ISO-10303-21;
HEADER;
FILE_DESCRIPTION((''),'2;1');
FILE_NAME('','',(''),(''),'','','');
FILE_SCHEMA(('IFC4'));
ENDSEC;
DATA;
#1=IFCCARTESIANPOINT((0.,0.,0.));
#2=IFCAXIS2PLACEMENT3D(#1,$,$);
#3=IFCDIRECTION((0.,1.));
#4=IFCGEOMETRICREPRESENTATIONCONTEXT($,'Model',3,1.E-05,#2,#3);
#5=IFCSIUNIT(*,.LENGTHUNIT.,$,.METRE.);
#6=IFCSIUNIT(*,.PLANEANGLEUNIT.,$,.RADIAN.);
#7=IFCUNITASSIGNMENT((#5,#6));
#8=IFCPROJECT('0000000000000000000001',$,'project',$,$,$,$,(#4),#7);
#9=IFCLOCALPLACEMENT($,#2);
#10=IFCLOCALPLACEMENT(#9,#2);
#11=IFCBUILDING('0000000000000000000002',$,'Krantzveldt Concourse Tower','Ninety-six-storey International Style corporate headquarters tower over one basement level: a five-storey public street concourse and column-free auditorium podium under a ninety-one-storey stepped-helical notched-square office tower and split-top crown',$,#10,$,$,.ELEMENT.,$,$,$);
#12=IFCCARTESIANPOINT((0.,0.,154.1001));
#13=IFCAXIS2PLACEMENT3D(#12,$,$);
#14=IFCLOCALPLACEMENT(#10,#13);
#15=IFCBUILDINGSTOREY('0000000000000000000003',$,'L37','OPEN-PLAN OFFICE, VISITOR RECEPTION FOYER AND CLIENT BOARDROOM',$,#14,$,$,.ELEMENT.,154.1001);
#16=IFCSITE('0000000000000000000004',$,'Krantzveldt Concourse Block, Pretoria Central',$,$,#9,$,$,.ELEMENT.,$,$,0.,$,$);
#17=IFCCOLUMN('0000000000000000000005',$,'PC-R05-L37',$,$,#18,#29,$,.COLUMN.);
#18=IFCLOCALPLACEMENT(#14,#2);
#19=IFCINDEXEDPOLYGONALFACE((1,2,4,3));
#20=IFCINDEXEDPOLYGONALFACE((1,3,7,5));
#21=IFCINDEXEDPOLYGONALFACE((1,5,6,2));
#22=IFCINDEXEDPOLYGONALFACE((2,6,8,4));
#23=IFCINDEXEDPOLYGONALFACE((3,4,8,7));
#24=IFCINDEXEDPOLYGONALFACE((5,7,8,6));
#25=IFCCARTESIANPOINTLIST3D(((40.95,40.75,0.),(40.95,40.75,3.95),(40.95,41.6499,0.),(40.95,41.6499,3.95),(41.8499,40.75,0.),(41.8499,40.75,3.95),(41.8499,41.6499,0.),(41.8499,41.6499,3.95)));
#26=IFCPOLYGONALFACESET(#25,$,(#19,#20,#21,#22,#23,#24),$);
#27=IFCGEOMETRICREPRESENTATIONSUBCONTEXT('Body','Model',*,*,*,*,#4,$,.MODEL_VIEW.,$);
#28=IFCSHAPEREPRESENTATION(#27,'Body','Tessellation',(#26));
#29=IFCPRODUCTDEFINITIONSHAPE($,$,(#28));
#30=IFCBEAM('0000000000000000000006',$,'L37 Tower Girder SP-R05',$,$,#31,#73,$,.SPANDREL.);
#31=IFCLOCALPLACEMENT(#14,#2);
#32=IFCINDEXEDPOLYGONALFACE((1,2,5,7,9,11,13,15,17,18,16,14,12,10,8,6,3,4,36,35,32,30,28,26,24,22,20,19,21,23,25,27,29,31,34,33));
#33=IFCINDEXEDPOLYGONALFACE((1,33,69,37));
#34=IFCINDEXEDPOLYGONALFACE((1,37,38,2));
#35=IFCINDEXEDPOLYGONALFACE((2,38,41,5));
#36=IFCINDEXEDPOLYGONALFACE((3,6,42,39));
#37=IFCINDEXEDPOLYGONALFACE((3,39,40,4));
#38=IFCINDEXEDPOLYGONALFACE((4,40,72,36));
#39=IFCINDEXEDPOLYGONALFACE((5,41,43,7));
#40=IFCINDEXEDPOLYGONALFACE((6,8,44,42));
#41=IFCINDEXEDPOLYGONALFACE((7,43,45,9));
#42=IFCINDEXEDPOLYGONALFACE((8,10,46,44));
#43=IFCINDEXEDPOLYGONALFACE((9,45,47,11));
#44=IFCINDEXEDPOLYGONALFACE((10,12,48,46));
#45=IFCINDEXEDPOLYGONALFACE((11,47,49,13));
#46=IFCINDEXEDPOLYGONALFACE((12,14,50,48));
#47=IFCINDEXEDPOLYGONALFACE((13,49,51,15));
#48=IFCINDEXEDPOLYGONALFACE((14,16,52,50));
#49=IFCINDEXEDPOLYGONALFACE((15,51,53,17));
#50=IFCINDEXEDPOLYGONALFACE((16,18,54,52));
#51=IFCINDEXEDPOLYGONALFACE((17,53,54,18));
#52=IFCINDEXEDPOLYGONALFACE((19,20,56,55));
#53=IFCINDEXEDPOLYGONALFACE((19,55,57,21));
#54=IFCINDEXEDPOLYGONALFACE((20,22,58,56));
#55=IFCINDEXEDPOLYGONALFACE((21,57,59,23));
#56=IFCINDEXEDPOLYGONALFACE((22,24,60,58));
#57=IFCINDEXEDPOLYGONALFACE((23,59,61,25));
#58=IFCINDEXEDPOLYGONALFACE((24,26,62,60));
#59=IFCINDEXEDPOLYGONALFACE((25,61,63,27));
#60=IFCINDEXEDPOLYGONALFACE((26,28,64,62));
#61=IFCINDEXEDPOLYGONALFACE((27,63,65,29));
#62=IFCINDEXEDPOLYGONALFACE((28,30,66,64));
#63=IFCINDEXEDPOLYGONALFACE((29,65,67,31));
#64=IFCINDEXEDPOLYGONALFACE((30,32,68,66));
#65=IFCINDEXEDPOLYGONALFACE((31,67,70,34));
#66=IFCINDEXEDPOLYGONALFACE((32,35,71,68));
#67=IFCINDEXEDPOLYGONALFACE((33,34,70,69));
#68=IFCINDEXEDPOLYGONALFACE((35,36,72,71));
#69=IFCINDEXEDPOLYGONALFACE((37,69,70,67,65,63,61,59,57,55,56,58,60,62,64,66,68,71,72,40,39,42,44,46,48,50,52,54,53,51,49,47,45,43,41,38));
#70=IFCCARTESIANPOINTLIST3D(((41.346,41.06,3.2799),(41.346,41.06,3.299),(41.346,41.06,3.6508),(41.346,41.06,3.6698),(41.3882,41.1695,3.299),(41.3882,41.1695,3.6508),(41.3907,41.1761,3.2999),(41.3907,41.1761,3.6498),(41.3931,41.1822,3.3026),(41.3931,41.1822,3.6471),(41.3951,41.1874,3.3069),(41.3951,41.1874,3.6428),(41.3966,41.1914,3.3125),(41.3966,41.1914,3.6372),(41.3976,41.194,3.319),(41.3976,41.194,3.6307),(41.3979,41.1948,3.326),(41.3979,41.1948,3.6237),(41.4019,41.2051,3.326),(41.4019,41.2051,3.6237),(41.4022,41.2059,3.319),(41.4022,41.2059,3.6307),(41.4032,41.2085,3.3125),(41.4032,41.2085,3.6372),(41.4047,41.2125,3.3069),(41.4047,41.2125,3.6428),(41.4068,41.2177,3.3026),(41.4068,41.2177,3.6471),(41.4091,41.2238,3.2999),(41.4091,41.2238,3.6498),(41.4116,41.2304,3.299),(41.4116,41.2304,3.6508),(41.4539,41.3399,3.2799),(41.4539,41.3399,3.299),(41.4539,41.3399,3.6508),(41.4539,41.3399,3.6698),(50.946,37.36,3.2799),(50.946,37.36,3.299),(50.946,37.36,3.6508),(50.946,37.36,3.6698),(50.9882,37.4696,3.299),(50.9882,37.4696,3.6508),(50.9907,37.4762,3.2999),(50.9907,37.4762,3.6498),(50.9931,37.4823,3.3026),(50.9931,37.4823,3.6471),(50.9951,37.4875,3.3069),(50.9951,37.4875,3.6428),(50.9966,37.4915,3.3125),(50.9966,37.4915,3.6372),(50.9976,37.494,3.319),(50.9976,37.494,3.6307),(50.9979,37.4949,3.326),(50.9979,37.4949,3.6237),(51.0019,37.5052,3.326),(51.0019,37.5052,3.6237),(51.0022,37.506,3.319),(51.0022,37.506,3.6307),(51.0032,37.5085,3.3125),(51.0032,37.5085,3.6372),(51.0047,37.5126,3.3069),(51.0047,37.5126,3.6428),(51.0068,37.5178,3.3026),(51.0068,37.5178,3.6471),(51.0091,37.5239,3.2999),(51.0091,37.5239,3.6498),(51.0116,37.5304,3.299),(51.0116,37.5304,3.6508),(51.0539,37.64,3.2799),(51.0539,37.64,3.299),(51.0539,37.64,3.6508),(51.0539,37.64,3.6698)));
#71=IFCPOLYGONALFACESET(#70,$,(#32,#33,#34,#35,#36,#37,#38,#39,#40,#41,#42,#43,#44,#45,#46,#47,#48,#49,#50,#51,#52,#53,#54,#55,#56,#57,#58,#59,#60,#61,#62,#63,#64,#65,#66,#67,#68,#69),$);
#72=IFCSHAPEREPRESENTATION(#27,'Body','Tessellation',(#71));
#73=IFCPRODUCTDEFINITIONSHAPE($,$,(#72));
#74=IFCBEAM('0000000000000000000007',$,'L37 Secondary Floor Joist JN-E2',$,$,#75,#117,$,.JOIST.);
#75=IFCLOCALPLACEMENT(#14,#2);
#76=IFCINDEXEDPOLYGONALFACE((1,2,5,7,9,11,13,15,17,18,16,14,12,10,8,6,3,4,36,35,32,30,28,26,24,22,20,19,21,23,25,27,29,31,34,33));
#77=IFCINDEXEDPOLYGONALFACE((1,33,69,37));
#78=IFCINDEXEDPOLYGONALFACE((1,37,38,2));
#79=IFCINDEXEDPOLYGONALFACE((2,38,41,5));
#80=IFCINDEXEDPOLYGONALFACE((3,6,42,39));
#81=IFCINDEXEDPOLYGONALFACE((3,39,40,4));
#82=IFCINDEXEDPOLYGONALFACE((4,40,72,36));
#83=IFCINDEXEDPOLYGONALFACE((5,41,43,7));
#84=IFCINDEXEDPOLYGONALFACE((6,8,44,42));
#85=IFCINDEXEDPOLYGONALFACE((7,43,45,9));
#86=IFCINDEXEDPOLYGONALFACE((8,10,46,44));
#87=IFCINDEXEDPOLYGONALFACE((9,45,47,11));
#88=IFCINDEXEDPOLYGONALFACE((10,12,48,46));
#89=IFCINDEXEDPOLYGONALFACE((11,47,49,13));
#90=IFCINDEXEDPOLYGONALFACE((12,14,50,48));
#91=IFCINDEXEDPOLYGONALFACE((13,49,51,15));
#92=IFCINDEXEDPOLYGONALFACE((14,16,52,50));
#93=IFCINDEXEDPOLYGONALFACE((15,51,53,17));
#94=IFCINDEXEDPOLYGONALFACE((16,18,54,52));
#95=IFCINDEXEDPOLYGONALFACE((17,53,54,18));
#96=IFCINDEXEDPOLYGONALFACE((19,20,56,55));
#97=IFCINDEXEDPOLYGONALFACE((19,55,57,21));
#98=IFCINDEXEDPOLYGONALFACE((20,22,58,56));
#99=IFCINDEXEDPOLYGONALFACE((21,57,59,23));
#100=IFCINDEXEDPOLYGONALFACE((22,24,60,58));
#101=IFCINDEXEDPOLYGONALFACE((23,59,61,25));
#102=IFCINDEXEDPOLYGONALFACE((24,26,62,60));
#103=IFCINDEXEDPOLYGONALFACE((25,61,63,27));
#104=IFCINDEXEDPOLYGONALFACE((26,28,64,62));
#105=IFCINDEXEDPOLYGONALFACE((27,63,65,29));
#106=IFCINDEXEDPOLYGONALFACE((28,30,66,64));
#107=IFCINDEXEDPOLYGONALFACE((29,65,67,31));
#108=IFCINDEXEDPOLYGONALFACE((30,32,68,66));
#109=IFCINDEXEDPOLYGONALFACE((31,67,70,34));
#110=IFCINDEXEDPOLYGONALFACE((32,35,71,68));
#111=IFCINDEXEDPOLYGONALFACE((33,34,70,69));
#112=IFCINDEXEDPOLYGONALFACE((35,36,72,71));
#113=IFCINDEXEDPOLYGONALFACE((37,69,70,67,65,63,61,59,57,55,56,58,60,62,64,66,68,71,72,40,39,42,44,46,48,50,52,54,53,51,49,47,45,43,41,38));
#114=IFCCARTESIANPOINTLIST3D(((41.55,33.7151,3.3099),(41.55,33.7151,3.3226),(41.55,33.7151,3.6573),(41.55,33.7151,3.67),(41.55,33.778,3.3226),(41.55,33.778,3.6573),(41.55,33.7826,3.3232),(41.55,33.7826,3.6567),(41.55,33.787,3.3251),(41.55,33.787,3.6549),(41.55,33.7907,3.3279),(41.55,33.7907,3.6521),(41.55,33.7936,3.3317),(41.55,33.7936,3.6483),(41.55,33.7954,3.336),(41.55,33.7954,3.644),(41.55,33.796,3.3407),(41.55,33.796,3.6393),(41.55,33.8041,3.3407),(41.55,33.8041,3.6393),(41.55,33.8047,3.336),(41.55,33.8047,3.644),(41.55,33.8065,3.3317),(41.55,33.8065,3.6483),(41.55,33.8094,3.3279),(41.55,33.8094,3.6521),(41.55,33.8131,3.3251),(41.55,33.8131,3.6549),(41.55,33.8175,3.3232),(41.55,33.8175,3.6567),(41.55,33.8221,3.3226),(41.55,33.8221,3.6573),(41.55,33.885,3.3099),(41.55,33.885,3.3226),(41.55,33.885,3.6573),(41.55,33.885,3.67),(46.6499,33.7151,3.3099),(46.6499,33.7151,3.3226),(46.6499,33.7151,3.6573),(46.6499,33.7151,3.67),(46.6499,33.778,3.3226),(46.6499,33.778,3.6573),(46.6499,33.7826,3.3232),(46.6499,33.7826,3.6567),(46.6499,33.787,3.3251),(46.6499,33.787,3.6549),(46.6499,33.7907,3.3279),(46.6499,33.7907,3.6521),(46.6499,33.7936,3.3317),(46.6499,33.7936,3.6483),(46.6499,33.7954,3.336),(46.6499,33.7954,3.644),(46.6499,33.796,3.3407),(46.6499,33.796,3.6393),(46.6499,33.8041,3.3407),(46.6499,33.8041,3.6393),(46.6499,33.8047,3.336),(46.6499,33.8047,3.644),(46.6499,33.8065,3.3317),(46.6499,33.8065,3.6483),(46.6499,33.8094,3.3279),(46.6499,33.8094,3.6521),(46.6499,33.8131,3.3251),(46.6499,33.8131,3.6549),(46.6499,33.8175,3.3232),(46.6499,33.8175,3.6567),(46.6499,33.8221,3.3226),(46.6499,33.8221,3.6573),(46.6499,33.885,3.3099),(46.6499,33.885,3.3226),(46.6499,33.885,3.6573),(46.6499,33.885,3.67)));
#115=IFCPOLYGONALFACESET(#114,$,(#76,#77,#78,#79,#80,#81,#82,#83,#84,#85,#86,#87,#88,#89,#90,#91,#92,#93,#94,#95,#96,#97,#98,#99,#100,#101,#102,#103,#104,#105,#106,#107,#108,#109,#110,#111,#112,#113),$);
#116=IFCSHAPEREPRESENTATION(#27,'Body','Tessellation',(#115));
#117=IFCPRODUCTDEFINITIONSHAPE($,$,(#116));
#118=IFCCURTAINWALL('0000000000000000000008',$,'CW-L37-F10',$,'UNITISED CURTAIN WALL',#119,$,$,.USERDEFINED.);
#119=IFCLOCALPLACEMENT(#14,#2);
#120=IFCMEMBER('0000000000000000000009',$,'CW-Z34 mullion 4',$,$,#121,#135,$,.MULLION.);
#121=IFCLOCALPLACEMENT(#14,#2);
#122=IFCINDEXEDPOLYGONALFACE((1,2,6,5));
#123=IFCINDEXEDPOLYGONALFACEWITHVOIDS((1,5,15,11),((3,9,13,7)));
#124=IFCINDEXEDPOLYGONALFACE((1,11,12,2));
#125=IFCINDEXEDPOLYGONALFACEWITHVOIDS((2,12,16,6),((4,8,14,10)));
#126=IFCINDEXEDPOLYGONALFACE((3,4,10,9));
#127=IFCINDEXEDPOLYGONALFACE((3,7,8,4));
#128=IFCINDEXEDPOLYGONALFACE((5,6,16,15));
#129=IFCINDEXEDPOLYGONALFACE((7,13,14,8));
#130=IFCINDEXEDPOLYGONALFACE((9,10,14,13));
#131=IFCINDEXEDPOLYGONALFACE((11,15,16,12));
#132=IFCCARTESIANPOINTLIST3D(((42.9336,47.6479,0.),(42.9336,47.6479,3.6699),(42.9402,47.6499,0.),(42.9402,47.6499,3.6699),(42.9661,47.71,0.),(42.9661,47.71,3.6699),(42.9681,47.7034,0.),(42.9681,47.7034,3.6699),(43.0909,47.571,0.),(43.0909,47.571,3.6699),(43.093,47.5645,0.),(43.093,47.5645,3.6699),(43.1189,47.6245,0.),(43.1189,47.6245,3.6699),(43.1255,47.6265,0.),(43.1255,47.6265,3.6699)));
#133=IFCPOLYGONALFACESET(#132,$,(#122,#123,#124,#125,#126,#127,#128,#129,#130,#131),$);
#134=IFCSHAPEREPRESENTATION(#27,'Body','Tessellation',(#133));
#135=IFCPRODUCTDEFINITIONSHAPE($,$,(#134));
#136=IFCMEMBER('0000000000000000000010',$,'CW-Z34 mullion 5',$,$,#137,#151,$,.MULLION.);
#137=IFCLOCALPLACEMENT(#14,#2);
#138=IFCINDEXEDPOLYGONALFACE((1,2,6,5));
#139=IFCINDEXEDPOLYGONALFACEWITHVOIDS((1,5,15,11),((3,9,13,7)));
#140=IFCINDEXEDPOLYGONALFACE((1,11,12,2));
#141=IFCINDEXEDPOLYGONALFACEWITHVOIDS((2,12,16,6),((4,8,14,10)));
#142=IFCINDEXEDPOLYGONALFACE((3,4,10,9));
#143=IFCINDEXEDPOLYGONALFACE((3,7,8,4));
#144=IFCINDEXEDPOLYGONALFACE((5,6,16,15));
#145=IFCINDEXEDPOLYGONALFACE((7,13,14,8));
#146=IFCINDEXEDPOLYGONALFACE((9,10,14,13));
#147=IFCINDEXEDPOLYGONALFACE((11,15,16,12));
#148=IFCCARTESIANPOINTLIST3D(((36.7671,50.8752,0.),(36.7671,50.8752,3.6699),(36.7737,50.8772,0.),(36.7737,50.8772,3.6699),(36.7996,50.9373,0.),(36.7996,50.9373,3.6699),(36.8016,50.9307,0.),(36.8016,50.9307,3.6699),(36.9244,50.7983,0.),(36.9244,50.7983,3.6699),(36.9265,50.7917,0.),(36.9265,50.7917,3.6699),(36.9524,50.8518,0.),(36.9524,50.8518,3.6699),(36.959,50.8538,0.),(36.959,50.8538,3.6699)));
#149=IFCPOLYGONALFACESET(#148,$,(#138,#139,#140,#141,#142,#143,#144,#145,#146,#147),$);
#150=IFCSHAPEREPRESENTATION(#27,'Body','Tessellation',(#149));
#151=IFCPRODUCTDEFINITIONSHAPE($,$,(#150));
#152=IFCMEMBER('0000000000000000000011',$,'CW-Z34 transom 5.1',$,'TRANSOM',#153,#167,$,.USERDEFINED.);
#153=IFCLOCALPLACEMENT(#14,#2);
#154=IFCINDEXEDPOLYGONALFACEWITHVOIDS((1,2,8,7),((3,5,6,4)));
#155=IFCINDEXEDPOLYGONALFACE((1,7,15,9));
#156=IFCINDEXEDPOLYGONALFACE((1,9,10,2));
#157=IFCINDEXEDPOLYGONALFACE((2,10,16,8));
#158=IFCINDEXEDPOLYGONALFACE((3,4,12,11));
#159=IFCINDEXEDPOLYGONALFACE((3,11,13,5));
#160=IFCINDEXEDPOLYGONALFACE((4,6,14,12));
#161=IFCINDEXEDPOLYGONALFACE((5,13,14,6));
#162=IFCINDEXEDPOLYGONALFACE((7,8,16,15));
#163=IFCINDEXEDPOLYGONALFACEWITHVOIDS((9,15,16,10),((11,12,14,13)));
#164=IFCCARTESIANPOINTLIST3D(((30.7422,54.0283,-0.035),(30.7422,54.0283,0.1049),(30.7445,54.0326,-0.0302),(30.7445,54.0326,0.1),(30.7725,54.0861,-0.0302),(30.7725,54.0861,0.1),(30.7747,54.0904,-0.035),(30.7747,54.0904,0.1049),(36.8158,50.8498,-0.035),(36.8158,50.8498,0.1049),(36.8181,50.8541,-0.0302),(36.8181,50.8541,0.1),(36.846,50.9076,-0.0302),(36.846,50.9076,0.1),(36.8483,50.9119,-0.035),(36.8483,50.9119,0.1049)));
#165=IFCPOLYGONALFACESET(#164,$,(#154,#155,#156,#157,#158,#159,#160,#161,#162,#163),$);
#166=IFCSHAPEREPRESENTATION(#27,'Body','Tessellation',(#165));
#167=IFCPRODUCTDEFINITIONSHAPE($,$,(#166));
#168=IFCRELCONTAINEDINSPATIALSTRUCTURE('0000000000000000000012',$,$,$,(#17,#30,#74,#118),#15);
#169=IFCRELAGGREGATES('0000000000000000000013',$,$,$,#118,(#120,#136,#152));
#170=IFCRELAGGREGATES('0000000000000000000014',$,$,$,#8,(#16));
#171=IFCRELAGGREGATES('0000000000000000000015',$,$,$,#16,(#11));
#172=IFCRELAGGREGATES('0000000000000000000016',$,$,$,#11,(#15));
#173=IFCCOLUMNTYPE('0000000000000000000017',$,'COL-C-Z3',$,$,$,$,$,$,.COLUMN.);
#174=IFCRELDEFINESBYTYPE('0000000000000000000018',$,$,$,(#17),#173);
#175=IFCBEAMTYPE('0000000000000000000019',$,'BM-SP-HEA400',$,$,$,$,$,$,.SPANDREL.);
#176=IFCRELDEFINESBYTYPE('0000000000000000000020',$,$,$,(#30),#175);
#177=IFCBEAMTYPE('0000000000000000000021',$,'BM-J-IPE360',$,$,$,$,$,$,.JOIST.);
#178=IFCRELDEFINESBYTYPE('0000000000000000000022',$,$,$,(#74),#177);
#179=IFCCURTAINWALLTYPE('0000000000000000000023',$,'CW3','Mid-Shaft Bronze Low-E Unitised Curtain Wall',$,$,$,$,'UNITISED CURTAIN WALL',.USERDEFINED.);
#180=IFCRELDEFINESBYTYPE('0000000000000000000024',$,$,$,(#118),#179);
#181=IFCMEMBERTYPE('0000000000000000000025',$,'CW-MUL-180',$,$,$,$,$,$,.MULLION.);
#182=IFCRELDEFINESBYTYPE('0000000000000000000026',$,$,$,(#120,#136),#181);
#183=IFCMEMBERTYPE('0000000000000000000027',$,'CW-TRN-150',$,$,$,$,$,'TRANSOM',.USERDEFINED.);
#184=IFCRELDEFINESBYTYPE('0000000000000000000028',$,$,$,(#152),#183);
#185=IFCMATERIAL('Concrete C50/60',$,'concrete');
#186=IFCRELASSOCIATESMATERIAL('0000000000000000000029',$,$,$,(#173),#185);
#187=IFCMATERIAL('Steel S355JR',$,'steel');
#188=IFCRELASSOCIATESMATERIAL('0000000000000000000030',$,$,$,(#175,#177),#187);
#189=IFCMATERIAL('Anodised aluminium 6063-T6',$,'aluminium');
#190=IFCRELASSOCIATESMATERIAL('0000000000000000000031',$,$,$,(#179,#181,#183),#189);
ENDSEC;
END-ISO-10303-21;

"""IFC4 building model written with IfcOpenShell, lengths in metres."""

from ifc_helpers import new_model, si_unit, direction, frame, origin, origin_2d, place, context, subcontext, project, spatial, rectangle, hollow_rectangle, i_section, extrude, source, transform, mapped, material, material_profile, profile_set, type_object, type_shapes, element, aggregate, save


model = new_model("IFC4")

# Units and contexts
model_context = context("Model", 3, precision=1e-05, world=origin(), true_north=direction((0.0, 1.0)))
body_context = subcontext(model_context, "Body", "Model", "MODEL_VIEW")
ifc_project = project(units=[si_unit("LENGTHUNIT", "METRE"), si_unit("PLANEANGLEUNIT", "RADIAN")], contexts=[model_context])

# Site, building, storey
site_placement = place(None, origin())
site = spatial("IfcSite", under=ifc_project, at=site_placement, Name="Krantzveldt Concourse Block, Pretoria Central", CompositionType="ELEMENT", RefElevation=0.0)
building_placement = place(site_placement, origin())
building = spatial("IfcBuilding", under=site, at=building_placement, Name="Krantzveldt Concourse Tower", Description="Ninety-six-storey International Style corporate headquarters tower over one basement level: a five-storey public street concourse and column-free auditorium podium under a ninety-one-storey stepped-helical notched-square office tower and split-top crown", CompositionType="ELEMENT")
storey_placement = place(building_placement, frame((0.0, 0.0, 154.1001)))
storey = spatial("IfcBuildingStorey", under=building, at=storey_placement, Name="L37", Description="OPEN-PLAN OFFICE, VISITOR RECEPTION FOYER AND CLIENT BOARDROOM", CompositionType="ELEMENT", Elevation=154.1001)

# Column
ifc_material_1 = material(Name="Concrete C50/60", Category="concrete")
ifc_material_profile_1 = material_profile(ifc_material_1, rectangle(XDim=0.8999, YDim=0.8999, at=origin_2d()), Name="Concrete C50/60", Category="concrete")
ifc_profile_set_1 = profile_set([ifc_material_profile_1], Name="Concrete C50/60 - RC 900x900")
column_type = type_object("IfcColumnType", Name="COL-C-Z3", PredefinedType="COLUMN", material=ifc_profile_set_1)
shared_shape_1 = source(origin(), body_context, "Body", "SweptSolid", [
    extrude(rectangle(XDim=0.8999, YDim=0.8999, at=origin_2d()), origin(), (0.0, 0.0, 1.0), 3.95),
])
type_shapes(column_type, [shared_shape_1])
column_placement = place(storey_placement, frame((41.3999, 41.2, 0.0), z_axis=(0.0, 0.0, 1.0), x_axis=(1.0, 0.0, 0.0)))
element("IfcColumn", 1, at=column_placement, inside=storey, type_object=column_type, Name="PC-R05-L37", PredefinedType="COLUMN", context=body_context, shape_type="MappedRepresentation", body=[
    mapped(shared_shape_1, transform((0.0, 0.0, 0.0), x_axis=(1.0, 0.0, 0.0), y_axis=(0.0, 1.0, 0.0), z_axis=(0.0, 0.0, 1.0), scale=1.0)),
])

# Beams
ifc_material_2 = material(Name="Steel S355JR", Category="steel")
ifc_material_profile_2 = material_profile(ifc_material_2, i_section(OverallWidth=0.3, OverallDepth=0.3899, WebThickness=0.011, FlangeThickness=0.019, FilletRadius=0.0271, at=origin_2d()), Name="Steel S355JR", Category="steel")
ifc_profile_set_2 = profile_set([ifc_material_profile_2], Name="Steel S355JR - HEA 400")
beam_type_1 = type_object("IfcBeamType", Name="BM-SP-HEA400", PredefinedType="SPANDREL", material=ifc_profile_set_2)
shared_shape_2 = source(origin(), body_context, "Body", "SweptSolid", [
    extrude(i_section(OverallWidth=0.3, OverallDepth=0.3899, WebThickness=0.011, FlangeThickness=0.019, FilletRadius=0.0271, at=origin_2d()), origin(), (0.0, 0.0, 1.0), 10.2883),
])
type_shapes(beam_type_1, [shared_shape_2])
beam_1_placement = place(storey_placement, frame((41.3999, 41.2, 3.4749), z_axis=(0.933098, -0.359623, 0.0), x_axis=(0.359623, 0.933098, 0.0)))
element("IfcBeam", 2, at=beam_1_placement, inside=storey, type_object=beam_type_1, Name="L37 Tower Girder SP-R05", PredefinedType="SPANDREL", context=body_context, shape_type="MappedRepresentation", body=[
    mapped(shared_shape_2, transform((0.0, 0.0, 0.0), x_axis=(1.0, 0.0, 0.0), y_axis=(0.0, 1.0, 0.0), z_axis=(0.0, 0.0, 1.0), scale=1.0)),
])
ifc_material_profile_3 = material_profile(ifc_material_2, i_section(OverallWidth=0.1699, OverallDepth=0.3601, WebThickness=0.0081, FlangeThickness=0.0127, FilletRadius=0.0181, at=origin_2d()), Name="Steel S355JR", Category="steel")
ifc_profile_set_3 = profile_set([ifc_material_profile_3], Name="Steel S355JR - IPE 360")
beam_type_2 = type_object("IfcBeamType", Name="BM-J-IPE360", PredefinedType="JOIST", material=ifc_profile_set_3)
shared_shape_3 = source(origin(), body_context, "Body", "SweptSolid", [
    extrude(i_section(OverallWidth=0.1699, OverallDepth=0.3601, WebThickness=0.0081, FlangeThickness=0.0127, FilletRadius=0.0181, at=origin_2d()), origin(), (0.0, 0.0, 1.0), 5.0999),
])
type_shapes(beam_type_2, [shared_shape_3])
beam_2_placement = place(storey_placement, frame((41.55, 33.8, 3.49), z_axis=(1.0, 0.0, 0.0), x_axis=(0.0, 1.0, 0.0)))
element("IfcBeam", 3, at=beam_2_placement, inside=storey, type_object=beam_type_2, Name="L37 Secondary Floor Joist JN-E2", PredefinedType="JOIST", context=body_context, shape_type="MappedRepresentation", body=[
    mapped(shared_shape_3, transform((0.0, 0.0, 0.0), x_axis=(1.0, 0.0, 0.0), y_axis=(0.0, 1.0, 0.0), z_axis=(0.0, 0.0, 1.0), scale=1.0)),
])

# Curtain wall, members
ifc_material_3 = material(Name="Anodised aluminium 6063-T6", Category="aluminium")
curtain_wall_type = type_object("IfcCurtainWallType", Name="CW3", Description="Mid-Shaft Bronze Low-E Unitised Curtain Wall", ElementType="UNITISED CURTAIN WALL", PredefinedType="USERDEFINED", material=ifc_material_3)
curtain_wall_placement = place(storey_placement, origin())
curtain_wall = element("IfcCurtainWall", 4, at=curtain_wall_placement, inside=storey, type_object=curtain_wall_type, Name="CW-L37-F10", ObjectType="UNITISED CURTAIN WALL", PredefinedType="USERDEFINED")
ifc_material_profile_4 = material_profile(ifc_material_3, hollow_rectangle(XDim=0.0701, YDim=0.1799, WallThickness=0.0049, at=origin_2d()), Name="Anodised aluminium 6063-T6", Category="aluminium")
ifc_profile_set_4 = profile_set([ifc_material_profile_4], Name="Anodised aluminium 6063-T6 - ALU-MULL 180x70x5")
member_type_1 = type_object("IfcMemberType", Name="CW-MUL-180", PredefinedType="MULLION", material=ifc_profile_set_4)
shared_shape_4 = source(origin(), body_context, "Body", "SweptSolid", [
    extrude(hollow_rectangle(XDim=0.0701, YDim=0.1799, WallThickness=0.0049, at=origin_2d()), origin(), (0.0, 0.0, 1.0), 3.6699),
])
type_shapes(member_type_1, [shared_shape_4])
member_1_placement = place(storey_placement, frame((43.0295, 47.6372, 0.0), z_axis=(0.0, 0.0, 1.0), x_axis=(-0.463683, -0.886001, 0.0)))
member_1 = element("IfcMember", 5, at=member_1_placement, type_object=member_type_1, Name="CW-Z34 mullion 4", PredefinedType="MULLION", context=body_context, shape_type="MappedRepresentation", body=[
    mapped(shared_shape_4, transform((0.0, 0.0, 0.0), x_axis=(1.0, 0.0, 0.0), y_axis=(0.0, 1.0, 0.0), z_axis=(0.0, 0.0, 1.0), scale=1.0)),
])
member_2_placement = place(storey_placement, frame((36.863, 50.8645, 0.0), z_axis=(0.0, 0.0, 1.0), x_axis=(-0.463683, -0.886001, 0.0)))
member_2 = element("IfcMember", 6, at=member_2_placement, type_object=member_type_1, Name="CW-Z34 mullion 5", PredefinedType="MULLION", context=body_context, shape_type="MappedRepresentation", body=[
    mapped(shared_shape_4, transform((0.0, 0.0, 0.0), x_axis=(1.0, 0.0, 0.0), y_axis=(0.0, 1.0, 0.0), z_axis=(0.0, 0.0, 1.0), scale=1.0)),
])
ifc_material_profile_5 = material_profile(ifc_material_3, hollow_rectangle(XDim=0.0701, YDim=0.1399, WallThickness=0.0049, at=origin_2d()), Name="Anodised aluminium 6063-T6", Category="aluminium")
ifc_profile_set_5 = profile_set([ifc_material_profile_5], Name="Anodised aluminium 6063-T6 - ALU-TRAN 140x70x5")
member_type_2 = type_object("IfcMemberType", Name="CW-TRN-150", ElementType="TRANSOM", PredefinedType="USERDEFINED", material=ifc_profile_set_5)
shared_shape_5 = source(origin(), body_context, "Body", "SweptSolid", [
    extrude(hollow_rectangle(XDim=0.0701, YDim=0.1399, WallThickness=0.0049, at=origin_2d()), origin(), (0.0, 0.0, 1.0), 6.855),
])
member_3_placement = place(storey_placement, frame((36.832, 50.8809, 0.0349), z_axis=(-0.886004, 0.463677, 0.0), x_axis=(-0.463677, -0.886004, 0.0)))
member_3 = element("IfcMember", 7, at=member_3_placement, type_object=member_type_2, Name="CW-Z34 transom 5.1", ObjectType="TRANSOM", PredefinedType="USERDEFINED", context=body_context, shape_type="MappedRepresentation", body=[
    mapped(shared_shape_5, transform((0.0, 0.0, 0.0), x_axis=(1.0, 0.0, 0.0), y_axis=(0.0, 1.0, 0.0), z_axis=(0.0, 0.0, 1.0), scale=1.0)),
])
aggregate(curtain_wall, [member_1, member_2, member_3])

save(model, "model.ifc")
